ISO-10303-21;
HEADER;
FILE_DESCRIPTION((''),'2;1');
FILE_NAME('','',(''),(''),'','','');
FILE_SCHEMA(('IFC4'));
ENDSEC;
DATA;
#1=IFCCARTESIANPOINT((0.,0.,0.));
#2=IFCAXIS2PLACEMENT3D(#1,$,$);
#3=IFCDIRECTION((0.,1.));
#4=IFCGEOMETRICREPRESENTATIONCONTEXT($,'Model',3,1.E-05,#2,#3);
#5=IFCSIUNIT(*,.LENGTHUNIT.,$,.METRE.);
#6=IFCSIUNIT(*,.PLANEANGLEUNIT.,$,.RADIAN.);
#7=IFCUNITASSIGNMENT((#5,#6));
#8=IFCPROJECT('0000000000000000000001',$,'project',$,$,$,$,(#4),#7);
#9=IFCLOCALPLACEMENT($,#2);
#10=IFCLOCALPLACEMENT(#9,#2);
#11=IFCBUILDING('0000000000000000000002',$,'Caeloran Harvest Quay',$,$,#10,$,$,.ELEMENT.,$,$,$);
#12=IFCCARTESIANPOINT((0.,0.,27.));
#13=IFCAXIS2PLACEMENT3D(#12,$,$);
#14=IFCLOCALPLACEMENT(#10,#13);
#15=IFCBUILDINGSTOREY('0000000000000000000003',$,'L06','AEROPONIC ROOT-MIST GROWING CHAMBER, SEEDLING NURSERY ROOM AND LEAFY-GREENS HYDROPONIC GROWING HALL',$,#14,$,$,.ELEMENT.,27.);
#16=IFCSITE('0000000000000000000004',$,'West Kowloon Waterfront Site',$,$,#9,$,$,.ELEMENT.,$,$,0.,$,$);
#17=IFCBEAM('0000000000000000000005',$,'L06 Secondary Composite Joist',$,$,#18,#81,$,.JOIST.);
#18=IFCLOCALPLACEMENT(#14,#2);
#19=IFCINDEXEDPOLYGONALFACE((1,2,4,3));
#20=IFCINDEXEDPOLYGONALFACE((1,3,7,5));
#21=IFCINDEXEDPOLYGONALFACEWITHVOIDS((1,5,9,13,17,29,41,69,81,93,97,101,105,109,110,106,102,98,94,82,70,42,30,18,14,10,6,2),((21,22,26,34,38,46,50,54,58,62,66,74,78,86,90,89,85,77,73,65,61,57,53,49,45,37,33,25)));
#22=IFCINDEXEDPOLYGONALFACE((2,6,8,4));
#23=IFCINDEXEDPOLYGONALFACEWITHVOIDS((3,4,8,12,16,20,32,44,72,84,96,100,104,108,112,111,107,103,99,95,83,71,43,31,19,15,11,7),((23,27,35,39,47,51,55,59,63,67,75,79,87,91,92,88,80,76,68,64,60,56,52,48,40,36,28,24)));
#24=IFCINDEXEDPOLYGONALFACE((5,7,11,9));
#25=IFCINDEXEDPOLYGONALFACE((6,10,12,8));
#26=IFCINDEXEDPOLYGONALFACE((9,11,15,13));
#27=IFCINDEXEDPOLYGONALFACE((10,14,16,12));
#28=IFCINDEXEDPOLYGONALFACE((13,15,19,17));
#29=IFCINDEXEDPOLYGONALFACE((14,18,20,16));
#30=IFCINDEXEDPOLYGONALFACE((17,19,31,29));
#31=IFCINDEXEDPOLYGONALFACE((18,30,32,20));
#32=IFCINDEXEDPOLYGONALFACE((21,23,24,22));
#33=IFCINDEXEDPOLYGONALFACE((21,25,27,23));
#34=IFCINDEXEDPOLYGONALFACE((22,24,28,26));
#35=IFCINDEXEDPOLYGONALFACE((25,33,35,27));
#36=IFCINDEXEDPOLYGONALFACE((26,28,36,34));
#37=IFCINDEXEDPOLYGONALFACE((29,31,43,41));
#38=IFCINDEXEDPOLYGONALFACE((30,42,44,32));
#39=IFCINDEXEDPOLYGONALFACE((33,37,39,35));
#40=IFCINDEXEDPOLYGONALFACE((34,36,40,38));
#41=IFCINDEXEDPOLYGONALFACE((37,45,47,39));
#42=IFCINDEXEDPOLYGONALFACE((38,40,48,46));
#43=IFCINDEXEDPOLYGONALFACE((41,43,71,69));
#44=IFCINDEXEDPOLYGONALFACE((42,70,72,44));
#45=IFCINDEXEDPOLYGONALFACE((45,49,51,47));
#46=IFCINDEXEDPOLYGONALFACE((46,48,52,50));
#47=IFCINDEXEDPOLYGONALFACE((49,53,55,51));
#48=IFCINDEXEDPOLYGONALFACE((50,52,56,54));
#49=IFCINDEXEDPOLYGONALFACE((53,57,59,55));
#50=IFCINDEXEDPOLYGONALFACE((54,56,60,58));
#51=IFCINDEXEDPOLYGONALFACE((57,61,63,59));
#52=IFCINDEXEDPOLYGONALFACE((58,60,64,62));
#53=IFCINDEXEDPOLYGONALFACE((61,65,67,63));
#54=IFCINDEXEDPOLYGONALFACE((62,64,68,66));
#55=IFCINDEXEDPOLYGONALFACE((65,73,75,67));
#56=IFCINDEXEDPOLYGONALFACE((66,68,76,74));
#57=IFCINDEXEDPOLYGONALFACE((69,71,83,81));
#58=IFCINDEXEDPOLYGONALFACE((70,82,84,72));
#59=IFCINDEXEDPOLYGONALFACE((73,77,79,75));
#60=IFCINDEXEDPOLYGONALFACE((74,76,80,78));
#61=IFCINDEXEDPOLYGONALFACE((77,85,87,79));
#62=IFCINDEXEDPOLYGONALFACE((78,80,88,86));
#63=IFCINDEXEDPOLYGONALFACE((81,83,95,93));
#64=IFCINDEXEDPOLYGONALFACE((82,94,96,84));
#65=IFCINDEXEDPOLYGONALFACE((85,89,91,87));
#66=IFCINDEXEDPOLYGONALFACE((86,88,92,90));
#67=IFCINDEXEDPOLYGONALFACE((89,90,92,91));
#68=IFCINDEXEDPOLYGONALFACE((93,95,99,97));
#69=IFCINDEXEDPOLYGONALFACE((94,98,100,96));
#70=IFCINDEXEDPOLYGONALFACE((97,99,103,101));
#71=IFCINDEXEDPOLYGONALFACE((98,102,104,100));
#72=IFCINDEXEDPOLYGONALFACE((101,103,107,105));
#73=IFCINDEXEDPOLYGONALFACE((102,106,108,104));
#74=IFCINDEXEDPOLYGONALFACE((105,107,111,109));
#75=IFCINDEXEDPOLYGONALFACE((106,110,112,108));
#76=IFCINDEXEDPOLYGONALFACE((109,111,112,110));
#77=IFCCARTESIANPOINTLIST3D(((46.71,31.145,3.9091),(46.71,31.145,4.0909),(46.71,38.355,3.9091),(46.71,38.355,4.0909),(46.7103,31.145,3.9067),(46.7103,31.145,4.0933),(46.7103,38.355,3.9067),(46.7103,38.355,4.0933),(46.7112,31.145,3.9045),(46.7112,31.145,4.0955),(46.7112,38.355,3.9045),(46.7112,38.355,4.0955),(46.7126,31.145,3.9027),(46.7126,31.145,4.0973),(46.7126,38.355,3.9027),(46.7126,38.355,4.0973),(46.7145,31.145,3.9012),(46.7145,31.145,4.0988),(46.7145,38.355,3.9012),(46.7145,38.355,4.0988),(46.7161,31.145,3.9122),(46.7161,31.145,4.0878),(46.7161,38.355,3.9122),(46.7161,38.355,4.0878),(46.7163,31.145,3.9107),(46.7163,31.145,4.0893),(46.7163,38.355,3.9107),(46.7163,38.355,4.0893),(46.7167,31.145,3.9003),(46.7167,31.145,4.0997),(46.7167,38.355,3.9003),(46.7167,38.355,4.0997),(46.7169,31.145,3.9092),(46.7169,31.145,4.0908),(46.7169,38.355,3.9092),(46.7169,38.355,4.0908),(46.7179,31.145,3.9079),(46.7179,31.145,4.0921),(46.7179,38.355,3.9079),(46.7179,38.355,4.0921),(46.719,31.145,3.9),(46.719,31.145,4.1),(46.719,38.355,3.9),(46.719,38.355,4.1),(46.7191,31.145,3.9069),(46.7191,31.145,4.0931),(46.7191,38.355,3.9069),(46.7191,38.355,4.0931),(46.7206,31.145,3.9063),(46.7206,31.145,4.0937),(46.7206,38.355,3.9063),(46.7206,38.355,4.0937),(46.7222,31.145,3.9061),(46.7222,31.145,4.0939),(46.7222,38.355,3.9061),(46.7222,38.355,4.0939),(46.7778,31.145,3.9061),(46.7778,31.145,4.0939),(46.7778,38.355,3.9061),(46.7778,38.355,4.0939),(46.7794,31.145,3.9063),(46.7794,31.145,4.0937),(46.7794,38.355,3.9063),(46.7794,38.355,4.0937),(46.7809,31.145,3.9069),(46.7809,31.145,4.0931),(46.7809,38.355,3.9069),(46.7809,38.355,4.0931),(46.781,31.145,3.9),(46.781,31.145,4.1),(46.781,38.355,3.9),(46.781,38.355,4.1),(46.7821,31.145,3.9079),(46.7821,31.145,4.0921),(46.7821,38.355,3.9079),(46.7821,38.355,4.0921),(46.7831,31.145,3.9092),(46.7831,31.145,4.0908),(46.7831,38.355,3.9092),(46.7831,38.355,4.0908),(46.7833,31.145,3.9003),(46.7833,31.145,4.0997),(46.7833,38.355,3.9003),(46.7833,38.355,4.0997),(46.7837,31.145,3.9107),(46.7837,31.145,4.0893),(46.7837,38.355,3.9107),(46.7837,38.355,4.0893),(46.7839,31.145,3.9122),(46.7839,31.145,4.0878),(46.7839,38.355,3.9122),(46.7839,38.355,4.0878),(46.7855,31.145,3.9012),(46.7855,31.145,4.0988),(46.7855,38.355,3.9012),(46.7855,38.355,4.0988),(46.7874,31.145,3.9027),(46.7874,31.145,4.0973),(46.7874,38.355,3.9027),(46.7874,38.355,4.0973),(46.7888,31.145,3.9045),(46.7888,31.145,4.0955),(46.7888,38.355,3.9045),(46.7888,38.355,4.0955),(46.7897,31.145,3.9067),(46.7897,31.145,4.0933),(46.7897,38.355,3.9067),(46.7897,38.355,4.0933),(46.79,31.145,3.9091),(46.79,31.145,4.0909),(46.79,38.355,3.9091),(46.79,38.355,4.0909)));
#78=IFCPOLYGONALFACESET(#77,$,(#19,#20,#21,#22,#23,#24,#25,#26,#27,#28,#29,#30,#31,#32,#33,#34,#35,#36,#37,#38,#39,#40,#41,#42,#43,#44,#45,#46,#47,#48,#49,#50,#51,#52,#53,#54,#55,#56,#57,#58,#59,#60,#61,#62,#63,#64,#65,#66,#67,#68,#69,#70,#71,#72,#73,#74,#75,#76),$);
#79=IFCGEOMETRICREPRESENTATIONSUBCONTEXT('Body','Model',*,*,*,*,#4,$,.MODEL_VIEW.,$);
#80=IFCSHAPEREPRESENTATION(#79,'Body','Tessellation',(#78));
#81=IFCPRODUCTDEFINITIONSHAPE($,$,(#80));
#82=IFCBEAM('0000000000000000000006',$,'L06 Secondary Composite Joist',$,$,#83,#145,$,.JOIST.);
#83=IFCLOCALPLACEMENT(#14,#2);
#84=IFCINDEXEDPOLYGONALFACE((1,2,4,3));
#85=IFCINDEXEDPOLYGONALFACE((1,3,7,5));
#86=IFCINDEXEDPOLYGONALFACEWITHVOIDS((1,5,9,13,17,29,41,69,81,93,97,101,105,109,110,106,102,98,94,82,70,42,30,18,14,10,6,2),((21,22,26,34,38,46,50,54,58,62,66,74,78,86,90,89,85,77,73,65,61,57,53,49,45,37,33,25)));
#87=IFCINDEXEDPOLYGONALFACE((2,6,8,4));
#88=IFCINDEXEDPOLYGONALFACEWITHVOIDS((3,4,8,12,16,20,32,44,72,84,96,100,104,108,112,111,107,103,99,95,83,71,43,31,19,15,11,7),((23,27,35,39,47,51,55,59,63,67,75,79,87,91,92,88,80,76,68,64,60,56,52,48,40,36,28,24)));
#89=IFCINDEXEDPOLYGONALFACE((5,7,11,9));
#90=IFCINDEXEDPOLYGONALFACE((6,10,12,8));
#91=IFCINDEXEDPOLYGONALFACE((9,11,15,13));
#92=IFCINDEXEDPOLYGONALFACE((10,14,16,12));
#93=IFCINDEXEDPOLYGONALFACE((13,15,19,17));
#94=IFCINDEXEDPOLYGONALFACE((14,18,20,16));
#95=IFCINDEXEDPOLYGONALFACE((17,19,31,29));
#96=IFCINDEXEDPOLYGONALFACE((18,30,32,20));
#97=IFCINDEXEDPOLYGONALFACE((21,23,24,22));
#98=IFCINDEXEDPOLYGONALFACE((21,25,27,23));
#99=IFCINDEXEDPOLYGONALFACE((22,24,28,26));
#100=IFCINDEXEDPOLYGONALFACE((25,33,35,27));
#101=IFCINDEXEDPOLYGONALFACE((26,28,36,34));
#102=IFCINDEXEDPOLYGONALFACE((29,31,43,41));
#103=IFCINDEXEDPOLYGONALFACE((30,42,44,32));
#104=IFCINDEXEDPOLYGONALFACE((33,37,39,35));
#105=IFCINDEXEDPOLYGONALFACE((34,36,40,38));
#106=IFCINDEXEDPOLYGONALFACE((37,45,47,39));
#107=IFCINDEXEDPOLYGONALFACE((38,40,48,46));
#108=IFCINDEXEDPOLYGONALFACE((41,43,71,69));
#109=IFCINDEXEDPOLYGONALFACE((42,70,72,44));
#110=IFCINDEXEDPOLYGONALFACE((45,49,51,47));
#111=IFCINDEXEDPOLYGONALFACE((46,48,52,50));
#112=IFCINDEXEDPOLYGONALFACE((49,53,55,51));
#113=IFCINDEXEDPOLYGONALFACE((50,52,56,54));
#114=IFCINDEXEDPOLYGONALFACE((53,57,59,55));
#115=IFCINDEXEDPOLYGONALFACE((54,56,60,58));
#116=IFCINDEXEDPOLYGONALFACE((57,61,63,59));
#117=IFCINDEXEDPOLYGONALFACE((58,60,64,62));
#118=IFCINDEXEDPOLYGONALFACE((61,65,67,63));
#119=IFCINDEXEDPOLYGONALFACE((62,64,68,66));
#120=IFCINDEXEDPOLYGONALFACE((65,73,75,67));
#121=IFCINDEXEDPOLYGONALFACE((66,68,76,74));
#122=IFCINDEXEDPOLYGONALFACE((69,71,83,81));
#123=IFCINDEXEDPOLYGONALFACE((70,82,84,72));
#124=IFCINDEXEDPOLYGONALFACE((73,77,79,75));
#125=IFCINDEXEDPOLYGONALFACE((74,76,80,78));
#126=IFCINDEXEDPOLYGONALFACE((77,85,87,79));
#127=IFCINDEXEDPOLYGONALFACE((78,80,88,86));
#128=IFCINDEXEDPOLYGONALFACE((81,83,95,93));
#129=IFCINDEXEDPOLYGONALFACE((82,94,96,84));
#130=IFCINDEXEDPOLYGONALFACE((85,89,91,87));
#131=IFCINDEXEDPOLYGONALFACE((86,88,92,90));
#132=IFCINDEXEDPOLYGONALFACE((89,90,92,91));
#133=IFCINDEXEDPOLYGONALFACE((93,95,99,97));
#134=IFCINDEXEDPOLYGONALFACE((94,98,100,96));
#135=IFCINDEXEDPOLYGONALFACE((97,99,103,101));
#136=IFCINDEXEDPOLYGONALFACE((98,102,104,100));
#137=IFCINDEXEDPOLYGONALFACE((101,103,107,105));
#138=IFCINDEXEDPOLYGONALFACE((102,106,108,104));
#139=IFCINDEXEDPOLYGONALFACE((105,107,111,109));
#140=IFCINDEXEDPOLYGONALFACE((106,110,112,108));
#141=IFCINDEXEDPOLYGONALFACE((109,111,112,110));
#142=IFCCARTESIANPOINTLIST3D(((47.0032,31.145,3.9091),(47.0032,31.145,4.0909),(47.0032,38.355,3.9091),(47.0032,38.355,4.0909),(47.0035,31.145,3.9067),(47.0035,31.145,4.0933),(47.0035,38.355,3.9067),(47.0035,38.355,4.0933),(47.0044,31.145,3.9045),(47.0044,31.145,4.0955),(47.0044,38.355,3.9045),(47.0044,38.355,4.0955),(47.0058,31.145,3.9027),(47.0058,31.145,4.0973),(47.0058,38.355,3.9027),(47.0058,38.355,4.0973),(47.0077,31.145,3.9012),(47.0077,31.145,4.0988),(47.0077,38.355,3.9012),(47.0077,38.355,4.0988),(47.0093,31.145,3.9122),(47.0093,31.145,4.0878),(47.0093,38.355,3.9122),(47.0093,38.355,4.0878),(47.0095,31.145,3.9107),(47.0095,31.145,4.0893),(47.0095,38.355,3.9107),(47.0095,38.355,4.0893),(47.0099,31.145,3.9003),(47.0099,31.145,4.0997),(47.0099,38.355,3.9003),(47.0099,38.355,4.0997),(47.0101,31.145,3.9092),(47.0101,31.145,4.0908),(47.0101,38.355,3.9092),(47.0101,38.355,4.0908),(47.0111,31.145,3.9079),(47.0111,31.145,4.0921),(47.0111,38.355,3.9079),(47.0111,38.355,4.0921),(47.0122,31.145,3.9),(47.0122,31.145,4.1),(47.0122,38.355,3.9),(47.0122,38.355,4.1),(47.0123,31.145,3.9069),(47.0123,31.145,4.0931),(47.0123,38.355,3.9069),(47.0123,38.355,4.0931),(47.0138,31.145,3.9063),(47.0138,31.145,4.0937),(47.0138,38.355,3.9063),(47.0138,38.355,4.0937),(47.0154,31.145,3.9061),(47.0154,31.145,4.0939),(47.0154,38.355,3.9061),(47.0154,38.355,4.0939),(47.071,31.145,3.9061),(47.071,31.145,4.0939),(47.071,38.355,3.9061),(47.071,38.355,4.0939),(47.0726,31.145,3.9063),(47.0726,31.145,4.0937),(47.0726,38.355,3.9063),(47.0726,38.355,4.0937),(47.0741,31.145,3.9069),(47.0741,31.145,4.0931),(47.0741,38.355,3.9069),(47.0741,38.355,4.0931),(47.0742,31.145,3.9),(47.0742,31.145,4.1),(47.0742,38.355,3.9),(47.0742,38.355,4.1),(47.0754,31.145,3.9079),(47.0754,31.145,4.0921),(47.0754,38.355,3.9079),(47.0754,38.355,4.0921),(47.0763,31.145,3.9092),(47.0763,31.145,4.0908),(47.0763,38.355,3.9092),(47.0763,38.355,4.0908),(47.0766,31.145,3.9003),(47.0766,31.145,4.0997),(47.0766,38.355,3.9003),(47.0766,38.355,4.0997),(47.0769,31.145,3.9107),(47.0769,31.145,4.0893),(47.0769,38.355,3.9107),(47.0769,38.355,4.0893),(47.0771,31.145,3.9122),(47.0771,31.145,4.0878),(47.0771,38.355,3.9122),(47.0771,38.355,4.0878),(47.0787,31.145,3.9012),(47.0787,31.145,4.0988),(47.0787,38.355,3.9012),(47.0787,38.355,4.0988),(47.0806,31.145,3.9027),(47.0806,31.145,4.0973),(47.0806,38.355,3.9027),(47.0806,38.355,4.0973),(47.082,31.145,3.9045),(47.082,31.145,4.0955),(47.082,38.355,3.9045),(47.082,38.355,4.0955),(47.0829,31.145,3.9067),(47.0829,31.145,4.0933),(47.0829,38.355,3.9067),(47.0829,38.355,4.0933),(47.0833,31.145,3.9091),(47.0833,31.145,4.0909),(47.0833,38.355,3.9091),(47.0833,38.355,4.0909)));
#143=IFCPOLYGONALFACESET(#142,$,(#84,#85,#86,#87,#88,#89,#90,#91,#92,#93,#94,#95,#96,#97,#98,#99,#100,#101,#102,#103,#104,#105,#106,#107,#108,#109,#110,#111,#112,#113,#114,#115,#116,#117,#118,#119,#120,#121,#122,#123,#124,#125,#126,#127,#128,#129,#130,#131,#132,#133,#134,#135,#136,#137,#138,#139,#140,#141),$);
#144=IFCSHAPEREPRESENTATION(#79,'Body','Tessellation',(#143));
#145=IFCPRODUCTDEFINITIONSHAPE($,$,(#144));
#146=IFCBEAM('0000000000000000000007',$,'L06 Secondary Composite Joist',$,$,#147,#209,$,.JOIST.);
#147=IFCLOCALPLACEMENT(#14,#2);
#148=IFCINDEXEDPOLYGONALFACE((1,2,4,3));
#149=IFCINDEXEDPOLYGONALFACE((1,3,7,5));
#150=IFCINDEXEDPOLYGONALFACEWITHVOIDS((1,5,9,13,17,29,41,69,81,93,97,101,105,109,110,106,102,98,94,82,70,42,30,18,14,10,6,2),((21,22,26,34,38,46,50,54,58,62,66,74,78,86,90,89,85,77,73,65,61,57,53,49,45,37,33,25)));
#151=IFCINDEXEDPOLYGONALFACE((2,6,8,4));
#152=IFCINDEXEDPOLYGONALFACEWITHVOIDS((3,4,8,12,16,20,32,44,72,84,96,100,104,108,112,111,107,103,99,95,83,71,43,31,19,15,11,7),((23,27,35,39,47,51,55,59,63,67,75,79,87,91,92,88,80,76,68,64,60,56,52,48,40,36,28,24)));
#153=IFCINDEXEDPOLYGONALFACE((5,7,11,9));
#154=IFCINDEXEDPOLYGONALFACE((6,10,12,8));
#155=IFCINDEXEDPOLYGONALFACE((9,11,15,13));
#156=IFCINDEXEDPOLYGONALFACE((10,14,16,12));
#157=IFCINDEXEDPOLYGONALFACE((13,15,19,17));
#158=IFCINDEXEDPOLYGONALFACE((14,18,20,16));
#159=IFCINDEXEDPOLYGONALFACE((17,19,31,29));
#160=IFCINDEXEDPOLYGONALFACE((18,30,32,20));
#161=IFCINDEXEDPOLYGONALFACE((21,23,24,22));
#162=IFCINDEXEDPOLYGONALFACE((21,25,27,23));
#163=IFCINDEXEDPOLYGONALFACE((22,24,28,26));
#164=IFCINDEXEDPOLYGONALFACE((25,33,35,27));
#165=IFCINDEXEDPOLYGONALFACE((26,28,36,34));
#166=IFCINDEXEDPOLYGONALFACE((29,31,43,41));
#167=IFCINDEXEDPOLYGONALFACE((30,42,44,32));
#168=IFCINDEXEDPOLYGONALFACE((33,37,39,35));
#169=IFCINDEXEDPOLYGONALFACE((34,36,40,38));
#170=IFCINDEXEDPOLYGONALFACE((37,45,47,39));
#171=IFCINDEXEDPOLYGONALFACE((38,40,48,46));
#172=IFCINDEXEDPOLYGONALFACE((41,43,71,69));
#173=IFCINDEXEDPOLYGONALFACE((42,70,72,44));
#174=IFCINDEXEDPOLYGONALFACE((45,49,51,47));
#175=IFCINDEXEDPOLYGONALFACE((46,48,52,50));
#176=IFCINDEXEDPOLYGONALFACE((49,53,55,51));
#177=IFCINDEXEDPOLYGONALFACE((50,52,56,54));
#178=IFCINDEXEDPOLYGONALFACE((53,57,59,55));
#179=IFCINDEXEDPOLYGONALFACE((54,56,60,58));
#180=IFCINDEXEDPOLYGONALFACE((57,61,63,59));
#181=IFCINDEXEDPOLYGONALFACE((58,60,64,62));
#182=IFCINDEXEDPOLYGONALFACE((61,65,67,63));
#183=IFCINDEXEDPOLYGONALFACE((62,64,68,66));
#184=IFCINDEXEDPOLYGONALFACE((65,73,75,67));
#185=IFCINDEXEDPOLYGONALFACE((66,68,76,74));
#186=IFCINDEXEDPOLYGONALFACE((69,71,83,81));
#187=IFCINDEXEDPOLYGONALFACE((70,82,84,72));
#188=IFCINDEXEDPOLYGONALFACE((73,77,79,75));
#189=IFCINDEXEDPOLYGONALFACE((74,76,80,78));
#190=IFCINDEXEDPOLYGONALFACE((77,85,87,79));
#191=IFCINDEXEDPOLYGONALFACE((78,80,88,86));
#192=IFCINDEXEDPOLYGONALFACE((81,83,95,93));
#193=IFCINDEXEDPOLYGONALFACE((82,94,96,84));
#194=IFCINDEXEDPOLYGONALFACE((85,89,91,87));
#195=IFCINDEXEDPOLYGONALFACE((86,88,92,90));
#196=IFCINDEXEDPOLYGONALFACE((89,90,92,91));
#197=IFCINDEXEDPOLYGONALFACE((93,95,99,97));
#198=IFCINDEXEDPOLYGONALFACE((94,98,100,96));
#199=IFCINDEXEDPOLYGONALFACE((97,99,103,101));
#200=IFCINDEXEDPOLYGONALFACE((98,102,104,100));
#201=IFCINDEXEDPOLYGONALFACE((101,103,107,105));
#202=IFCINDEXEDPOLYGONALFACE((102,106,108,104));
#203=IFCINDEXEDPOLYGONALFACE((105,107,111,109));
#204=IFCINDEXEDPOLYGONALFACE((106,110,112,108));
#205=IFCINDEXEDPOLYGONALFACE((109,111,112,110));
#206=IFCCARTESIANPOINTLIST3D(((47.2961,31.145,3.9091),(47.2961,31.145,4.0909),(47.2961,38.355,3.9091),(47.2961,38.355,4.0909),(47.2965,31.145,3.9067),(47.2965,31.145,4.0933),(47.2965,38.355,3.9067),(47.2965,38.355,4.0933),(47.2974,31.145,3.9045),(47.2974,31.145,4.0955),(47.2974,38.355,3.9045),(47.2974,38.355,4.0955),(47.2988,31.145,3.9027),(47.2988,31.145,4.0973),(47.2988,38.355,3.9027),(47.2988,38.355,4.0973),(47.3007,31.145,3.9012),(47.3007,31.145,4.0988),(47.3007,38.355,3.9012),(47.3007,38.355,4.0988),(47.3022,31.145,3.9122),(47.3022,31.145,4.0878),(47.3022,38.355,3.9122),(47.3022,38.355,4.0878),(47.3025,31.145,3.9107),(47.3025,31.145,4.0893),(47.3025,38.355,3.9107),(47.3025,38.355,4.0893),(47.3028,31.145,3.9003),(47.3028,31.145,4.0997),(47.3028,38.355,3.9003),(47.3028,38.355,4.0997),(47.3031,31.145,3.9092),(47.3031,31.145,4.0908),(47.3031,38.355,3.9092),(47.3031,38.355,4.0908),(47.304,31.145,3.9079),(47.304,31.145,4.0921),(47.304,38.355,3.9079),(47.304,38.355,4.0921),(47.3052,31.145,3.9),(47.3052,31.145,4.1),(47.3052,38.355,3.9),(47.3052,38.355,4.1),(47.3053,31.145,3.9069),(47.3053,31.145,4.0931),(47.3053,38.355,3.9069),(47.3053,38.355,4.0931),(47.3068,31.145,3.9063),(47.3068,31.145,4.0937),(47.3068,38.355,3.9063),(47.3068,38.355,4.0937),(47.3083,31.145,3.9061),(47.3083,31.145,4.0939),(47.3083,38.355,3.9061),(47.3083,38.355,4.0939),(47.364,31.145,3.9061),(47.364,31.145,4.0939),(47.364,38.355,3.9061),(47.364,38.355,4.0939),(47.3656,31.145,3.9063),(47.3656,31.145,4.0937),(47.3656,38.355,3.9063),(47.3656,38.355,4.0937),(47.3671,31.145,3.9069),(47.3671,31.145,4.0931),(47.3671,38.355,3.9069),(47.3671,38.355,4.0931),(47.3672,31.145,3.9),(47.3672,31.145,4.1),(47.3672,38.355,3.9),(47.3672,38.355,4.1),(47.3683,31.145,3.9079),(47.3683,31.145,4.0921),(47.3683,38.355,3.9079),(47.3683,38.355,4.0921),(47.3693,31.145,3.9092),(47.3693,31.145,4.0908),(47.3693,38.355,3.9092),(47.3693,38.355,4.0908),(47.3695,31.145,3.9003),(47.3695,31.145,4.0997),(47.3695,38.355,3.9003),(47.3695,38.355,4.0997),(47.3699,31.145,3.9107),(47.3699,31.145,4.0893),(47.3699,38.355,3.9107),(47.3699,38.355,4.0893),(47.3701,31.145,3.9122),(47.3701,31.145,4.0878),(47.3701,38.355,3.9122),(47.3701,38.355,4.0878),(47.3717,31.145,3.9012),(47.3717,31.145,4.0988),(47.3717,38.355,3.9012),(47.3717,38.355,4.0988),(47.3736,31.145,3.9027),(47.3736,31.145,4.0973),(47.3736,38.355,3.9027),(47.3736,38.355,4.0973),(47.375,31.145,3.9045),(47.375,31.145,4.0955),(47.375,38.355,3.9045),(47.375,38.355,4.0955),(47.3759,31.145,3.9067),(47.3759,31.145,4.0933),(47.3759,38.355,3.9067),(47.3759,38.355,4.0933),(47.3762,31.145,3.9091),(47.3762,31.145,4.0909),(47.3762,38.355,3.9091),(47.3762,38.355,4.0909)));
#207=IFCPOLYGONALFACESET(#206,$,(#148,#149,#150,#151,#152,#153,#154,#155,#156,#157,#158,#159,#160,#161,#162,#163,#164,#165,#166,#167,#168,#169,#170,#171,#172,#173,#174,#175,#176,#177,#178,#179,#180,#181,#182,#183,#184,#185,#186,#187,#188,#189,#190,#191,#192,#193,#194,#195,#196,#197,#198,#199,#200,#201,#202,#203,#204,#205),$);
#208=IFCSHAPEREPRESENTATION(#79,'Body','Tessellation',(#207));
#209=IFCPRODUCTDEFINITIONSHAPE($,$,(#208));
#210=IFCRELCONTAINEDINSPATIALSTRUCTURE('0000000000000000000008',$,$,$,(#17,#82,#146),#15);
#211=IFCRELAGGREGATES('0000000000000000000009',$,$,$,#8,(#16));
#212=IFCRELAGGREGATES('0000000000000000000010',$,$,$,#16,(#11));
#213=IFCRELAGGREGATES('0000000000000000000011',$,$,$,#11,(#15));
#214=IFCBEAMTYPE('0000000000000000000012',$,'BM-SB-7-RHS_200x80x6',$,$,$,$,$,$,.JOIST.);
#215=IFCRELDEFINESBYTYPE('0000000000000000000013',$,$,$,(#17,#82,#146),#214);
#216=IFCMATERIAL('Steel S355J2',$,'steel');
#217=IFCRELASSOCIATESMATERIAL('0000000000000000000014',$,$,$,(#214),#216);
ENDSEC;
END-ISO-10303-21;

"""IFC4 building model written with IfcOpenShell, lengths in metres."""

from ifc_helpers import new_model, si_unit, direction, frame, origin, origin_2d, place, context, subcontext, project, spatial, hollow_rectangle, extrude, material, material_profile, profile_set, type_object, element, save


model = new_model("IFC4")

# Units and contexts
model_context = context("Model", 3, precision=1e-05, world=origin(), true_north=direction((0.0, 1.0)))
body_context = subcontext(model_context, "Body", "Model", "MODEL_VIEW")
ifc_project = project(units=[si_unit("LENGTHUNIT", "METRE"), si_unit("PLANEANGLEUNIT", "RADIAN")], contexts=[model_context])

# Site, building, storey
site_placement = place(None, origin())
site = spatial("IfcSite", under=ifc_project, at=site_placement, Name="West Kowloon Waterfront Site", CompositionType="ELEMENT", RefElevation=0.0)
building_placement = place(site_placement, origin())
building = spatial("IfcBuilding", under=site, at=building_placement, Name="Caeloran Harvest Quay", CompositionType="ELEMENT")
storey_placement = place(building_placement, frame((0.0, 0.0, 27.0)))
storey = spatial("IfcBuildingStorey", under=building, at=storey_placement, Name="L06", Description="AEROPONIC ROOT-MIST GROWING CHAMBER, SEEDLING NURSERY ROOM AND LEAFY-GREENS HYDROPONIC GROWING HALL", CompositionType="ELEMENT", Elevation=27.0)

# Beams
ifc_material_1 = material(Name="Steel S355J2", Category="steel")
ifc_material_profile_1 = material_profile(ifc_material_1, hollow_rectangle(XDim=0.0801, YDim=0.2, WallThickness=0.0061, InnerFilletRadius=0.0061, OuterFilletRadius=0.009, at=origin_2d()), Name="RHS 200x80x6")
ifc_profile_set_1 = profile_set([ifc_material_profile_1], Name="Steel S355J2")
beam_type_1 = type_object("IfcBeamType", Name="BM-SB-7-RHS_200x80x6", PredefinedType="JOIST", material=ifc_profile_set_1)
for number, where, z_axis, x_axis, name in (
    (1, (46.75, 31.145, 4.0), (0.0, 1.0, 0.0), (-1.0, 0.0, 0.0), "L06 Secondary Composite Joist"),
    (2, (47.0432, 31.145, 4.0), (0.0, 1.0, 0.0), (-1.0, 0.0, 0.0), "L06 Secondary Composite Joist"),
    (3, (47.3362, 31.145, 4.0), (0.0, 1.0, 0.0), (-1.0, 0.0, 0.0), "L06 Secondary Composite Joist"),
):
    element("IfcBeam", number, at=place(storey_placement, frame(where, z_axis=z_axis, x_axis=x_axis)), inside=storey, type_object=beam_type_1, Name=name, PredefinedType="JOIST", context=body_context, shape_type="SweptSolid", body=[
        extrude(hollow_rectangle(XDim=0.0801, YDim=0.2, WallThickness=0.0061, InnerFilletRadius=0.0061, OuterFilletRadius=0.009, at=origin_2d()), origin(), (0.0, 0.0, 1.0), 7.21),
    ])

save(model, "model.ifc")
